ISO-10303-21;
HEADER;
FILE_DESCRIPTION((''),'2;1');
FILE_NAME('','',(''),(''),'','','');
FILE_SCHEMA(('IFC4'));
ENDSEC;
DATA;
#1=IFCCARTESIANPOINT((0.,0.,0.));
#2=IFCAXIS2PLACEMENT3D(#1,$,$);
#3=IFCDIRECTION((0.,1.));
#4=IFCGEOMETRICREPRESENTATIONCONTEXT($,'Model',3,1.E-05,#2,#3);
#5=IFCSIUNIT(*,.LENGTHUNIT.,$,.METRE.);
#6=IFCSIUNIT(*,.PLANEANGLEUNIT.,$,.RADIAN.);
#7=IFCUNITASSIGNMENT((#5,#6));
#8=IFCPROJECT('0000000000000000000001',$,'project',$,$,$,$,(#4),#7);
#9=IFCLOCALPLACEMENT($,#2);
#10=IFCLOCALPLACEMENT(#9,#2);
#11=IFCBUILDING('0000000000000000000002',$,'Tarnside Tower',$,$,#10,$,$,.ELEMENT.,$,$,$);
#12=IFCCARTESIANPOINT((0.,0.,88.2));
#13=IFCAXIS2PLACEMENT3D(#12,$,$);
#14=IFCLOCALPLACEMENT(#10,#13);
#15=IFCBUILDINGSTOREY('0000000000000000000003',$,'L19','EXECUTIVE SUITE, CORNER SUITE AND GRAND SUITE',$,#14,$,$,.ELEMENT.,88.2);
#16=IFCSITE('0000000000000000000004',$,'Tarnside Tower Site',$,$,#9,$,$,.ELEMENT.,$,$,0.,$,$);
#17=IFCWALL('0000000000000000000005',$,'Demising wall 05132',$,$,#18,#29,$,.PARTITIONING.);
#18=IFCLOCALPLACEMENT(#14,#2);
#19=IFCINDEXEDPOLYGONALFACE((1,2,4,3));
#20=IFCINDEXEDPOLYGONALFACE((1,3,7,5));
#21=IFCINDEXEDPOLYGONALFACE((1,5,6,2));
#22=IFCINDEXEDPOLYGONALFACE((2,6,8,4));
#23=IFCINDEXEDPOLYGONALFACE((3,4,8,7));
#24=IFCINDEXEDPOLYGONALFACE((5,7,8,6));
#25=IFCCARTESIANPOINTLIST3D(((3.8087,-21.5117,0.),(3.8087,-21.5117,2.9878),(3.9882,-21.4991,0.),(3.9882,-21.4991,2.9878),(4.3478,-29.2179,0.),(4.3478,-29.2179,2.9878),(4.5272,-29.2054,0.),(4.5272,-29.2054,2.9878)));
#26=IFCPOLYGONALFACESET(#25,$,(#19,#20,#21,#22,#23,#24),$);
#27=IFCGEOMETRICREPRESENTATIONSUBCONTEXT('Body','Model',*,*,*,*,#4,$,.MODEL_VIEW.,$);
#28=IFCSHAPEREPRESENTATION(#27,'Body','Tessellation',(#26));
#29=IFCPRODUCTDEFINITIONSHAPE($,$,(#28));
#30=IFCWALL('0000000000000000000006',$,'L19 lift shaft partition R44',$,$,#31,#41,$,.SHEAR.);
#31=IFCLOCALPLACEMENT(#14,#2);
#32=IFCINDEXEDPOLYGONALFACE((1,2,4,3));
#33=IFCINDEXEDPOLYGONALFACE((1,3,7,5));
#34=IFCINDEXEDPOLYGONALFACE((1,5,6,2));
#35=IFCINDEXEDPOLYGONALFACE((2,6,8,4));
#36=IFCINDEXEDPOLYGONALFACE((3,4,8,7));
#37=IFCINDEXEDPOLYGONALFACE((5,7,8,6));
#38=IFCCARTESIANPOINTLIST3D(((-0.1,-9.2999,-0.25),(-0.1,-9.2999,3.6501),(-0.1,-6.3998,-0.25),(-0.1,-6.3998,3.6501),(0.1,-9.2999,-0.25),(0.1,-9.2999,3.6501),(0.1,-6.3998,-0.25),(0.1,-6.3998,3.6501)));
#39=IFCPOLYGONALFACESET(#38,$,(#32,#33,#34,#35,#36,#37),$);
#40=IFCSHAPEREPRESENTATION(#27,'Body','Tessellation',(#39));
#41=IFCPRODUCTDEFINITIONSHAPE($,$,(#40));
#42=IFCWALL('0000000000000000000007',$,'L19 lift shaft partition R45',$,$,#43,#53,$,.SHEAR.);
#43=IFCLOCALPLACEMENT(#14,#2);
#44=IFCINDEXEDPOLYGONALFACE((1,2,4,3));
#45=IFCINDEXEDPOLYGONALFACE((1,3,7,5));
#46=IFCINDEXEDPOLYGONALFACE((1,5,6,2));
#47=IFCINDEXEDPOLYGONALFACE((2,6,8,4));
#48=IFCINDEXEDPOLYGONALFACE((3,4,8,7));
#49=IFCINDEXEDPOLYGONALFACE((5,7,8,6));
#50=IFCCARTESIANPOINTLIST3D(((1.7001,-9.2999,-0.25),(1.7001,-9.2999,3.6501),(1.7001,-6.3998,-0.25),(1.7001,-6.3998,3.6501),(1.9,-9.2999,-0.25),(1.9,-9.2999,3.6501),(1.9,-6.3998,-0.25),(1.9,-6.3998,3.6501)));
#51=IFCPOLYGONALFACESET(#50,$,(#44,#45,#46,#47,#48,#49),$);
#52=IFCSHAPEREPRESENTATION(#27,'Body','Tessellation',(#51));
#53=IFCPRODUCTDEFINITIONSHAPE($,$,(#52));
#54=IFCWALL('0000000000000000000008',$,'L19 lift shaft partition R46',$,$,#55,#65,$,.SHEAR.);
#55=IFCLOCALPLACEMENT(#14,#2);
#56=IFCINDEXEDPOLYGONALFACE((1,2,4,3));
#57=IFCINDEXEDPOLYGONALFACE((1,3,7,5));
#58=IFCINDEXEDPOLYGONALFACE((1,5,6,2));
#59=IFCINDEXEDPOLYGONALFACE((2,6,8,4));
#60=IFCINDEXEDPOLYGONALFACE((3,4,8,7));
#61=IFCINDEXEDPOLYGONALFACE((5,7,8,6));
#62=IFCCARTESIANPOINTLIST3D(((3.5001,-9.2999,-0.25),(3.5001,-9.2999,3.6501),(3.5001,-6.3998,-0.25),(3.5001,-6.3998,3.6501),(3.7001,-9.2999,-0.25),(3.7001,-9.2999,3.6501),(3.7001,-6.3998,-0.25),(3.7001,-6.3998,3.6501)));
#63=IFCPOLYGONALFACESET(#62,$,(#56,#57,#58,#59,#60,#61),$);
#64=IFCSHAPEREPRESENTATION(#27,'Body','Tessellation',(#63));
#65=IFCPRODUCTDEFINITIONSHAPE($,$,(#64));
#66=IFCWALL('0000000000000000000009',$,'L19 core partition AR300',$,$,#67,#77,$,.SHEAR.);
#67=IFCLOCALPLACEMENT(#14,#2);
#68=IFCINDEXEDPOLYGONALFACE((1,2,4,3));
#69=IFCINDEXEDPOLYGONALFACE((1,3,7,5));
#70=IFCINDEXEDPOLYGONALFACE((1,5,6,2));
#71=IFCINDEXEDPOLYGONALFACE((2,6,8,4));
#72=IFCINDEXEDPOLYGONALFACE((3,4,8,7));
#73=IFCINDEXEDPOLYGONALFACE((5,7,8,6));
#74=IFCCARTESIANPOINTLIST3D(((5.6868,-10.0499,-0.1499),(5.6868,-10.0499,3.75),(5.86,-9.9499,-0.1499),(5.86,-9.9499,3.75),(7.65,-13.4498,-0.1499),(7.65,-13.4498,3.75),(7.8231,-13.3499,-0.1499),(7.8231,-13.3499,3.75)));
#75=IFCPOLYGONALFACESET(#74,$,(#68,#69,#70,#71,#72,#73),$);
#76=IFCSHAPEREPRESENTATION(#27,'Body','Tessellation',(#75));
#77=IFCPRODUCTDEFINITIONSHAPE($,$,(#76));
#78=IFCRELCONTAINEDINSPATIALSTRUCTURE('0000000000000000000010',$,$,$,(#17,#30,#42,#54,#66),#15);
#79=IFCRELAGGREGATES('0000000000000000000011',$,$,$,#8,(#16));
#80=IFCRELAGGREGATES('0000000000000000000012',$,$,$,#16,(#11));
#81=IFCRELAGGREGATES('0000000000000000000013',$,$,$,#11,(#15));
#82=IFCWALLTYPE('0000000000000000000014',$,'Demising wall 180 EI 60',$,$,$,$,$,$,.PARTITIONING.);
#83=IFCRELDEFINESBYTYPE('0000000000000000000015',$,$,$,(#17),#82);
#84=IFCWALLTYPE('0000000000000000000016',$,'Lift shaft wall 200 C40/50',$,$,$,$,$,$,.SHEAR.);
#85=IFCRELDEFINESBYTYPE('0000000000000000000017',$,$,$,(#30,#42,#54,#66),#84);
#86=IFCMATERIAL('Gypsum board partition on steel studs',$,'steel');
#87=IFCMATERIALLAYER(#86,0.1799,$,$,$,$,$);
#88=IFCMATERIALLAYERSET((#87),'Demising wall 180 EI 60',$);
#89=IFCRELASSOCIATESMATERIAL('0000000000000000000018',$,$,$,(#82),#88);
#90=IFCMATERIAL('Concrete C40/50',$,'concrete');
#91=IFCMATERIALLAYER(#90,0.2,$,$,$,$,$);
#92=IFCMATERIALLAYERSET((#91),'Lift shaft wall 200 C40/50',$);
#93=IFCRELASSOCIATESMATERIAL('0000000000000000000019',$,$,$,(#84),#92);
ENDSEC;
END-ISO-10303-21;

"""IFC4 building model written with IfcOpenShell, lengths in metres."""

from ifc_helpers import new_model, si_unit, direction, frame, frame_2d, origin, place, context, subcontext, project, spatial, rectangle, extrude, material, layer, layer_set, type_object, element, save


model = new_model("IFC4")

# Units and contexts
model_context = context("Model", 3, precision=1e-05, world=origin(), true_north=direction((0.0, 1.0)))
body_context = subcontext(model_context, "Body", "Model", "MODEL_VIEW")
ifc_project = project(units=[si_unit("LENGTHUNIT", "METRE"), si_unit("PLANEANGLEUNIT", "RADIAN")], contexts=[model_context])

# Site, building, storey
site_placement = place(None, origin())
site = spatial("IfcSite", under=ifc_project, at=site_placement, Name="Tarnside Tower Site", CompositionType="ELEMENT", RefElevation=0.0)
building_placement = place(site_placement, origin())
building = spatial("IfcBuilding", under=site, at=building_placement, Name="Tarnside Tower", CompositionType="ELEMENT")
storey_placement = place(building_placement, frame((0.0, 0.0, 88.2)))
storey = spatial("IfcBuildingStorey", under=building, at=storey_placement, Name="L19", Description="EXECUTIVE SUITE, CORNER SUITE AND GRAND SUITE", CompositionType="ELEMENT", Elevation=88.2)

# Shared definitions
ifc_material_1 = material(Name="Gypsum board partition on steel studs", Category="steel")

# Shared definitions
ifc_material_2 = material(Name="Concrete C40/50", Category="concrete")

# Walls
ifc_layer_1 = layer(ifc_material_1, 0.1799)
ifc_layer_set_1 = layer_set([ifc_layer_1], Name="Demising wall 180 EI 60")
wall_type_1 = type_object("IfcWallType", Name="Demising wall 180 EI 60", PredefinedType="PARTITIONING", material=ifc_layer_set_1)
wall_1_placement = place(storey_placement, frame((4.4375, -29.2117, 0.0), z_axis=(0.0, 0.0, 1.0), x_axis=(-0.06978, 0.997562, 0.0)))
element("IfcWall", 1, at=wall_1_placement, inside=storey, type_object=wall_type_1, Name="Demising wall 05132", PredefinedType="PARTITIONING", context=body_context, shape_type="SweptSolid", body=[
    extrude(rectangle(XDim=7.7251, YDim=0.1799, at=frame_2d((3.8625, 0.0))), origin(), (0.0, 0.0, 1.0), 2.9878),
])
ifc_layer_2 = layer(ifc_material_2, 0.2)
ifc_layer_set_2 = layer_set([ifc_layer_2], Name="Lift shaft wall 200 C40/50")
wall_type_2 = type_object("IfcWallType", Name="Lift shaft wall 200 C40/50", PredefinedType="SHEAR", material=ifc_layer_set_2)
for number, where, z_axis, x_axis, name in (
    (2, (0.0, -9.3, -0.25), (0.0, 0.0, 1.0), (0.0, 1.0, 0.0), "L19 lift shaft partition R44"),
    (3, (1.8, -9.3, -0.25), (0.0, 0.0, 1.0), (0.0, 1.0, 0.0), "L19 lift shaft partition R45"),
    (4, (3.6001, -9.3, -0.25), (0.0, 0.0, 1.0), (0.0, 1.0, 0.0), "L19 lift shaft partition R46"),
):
    element("IfcWall", number, at=place(storey_placement, frame(where, z_axis=z_axis, x_axis=x_axis)), inside=storey, type_object=wall_type_2, Name=name, PredefinedType="SHEAR", context=body_context, shape_type="SweptSolid", body=[
        extrude(rectangle(XDim=2.9001, YDim=0.2, at=frame_2d((1.4502, 0.0))), origin(), (0.0, 0.0, 1.0), 3.9001),
    ])
wall_2_placement = place(storey_placement, frame((5.7734, -10.0, -0.1499), z_axis=(0.0, 0.0, 1.0), x_axis=(0.500038, -0.866003, 0.0)))
element("IfcWall", 5, at=wall_2_placement, inside=storey, type_object=wall_type_2, Name="L19 core partition AR300", PredefinedType="SHEAR", context=body_context, shape_type="SweptSolid", body=[
    extrude(rectangle(XDim=3.926, YDim=0.2, at=frame_2d((1.9629, 0.0))), origin(), (0.0, 0.0, 1.0), 3.8999),
])

save(model, "model.ifc")
